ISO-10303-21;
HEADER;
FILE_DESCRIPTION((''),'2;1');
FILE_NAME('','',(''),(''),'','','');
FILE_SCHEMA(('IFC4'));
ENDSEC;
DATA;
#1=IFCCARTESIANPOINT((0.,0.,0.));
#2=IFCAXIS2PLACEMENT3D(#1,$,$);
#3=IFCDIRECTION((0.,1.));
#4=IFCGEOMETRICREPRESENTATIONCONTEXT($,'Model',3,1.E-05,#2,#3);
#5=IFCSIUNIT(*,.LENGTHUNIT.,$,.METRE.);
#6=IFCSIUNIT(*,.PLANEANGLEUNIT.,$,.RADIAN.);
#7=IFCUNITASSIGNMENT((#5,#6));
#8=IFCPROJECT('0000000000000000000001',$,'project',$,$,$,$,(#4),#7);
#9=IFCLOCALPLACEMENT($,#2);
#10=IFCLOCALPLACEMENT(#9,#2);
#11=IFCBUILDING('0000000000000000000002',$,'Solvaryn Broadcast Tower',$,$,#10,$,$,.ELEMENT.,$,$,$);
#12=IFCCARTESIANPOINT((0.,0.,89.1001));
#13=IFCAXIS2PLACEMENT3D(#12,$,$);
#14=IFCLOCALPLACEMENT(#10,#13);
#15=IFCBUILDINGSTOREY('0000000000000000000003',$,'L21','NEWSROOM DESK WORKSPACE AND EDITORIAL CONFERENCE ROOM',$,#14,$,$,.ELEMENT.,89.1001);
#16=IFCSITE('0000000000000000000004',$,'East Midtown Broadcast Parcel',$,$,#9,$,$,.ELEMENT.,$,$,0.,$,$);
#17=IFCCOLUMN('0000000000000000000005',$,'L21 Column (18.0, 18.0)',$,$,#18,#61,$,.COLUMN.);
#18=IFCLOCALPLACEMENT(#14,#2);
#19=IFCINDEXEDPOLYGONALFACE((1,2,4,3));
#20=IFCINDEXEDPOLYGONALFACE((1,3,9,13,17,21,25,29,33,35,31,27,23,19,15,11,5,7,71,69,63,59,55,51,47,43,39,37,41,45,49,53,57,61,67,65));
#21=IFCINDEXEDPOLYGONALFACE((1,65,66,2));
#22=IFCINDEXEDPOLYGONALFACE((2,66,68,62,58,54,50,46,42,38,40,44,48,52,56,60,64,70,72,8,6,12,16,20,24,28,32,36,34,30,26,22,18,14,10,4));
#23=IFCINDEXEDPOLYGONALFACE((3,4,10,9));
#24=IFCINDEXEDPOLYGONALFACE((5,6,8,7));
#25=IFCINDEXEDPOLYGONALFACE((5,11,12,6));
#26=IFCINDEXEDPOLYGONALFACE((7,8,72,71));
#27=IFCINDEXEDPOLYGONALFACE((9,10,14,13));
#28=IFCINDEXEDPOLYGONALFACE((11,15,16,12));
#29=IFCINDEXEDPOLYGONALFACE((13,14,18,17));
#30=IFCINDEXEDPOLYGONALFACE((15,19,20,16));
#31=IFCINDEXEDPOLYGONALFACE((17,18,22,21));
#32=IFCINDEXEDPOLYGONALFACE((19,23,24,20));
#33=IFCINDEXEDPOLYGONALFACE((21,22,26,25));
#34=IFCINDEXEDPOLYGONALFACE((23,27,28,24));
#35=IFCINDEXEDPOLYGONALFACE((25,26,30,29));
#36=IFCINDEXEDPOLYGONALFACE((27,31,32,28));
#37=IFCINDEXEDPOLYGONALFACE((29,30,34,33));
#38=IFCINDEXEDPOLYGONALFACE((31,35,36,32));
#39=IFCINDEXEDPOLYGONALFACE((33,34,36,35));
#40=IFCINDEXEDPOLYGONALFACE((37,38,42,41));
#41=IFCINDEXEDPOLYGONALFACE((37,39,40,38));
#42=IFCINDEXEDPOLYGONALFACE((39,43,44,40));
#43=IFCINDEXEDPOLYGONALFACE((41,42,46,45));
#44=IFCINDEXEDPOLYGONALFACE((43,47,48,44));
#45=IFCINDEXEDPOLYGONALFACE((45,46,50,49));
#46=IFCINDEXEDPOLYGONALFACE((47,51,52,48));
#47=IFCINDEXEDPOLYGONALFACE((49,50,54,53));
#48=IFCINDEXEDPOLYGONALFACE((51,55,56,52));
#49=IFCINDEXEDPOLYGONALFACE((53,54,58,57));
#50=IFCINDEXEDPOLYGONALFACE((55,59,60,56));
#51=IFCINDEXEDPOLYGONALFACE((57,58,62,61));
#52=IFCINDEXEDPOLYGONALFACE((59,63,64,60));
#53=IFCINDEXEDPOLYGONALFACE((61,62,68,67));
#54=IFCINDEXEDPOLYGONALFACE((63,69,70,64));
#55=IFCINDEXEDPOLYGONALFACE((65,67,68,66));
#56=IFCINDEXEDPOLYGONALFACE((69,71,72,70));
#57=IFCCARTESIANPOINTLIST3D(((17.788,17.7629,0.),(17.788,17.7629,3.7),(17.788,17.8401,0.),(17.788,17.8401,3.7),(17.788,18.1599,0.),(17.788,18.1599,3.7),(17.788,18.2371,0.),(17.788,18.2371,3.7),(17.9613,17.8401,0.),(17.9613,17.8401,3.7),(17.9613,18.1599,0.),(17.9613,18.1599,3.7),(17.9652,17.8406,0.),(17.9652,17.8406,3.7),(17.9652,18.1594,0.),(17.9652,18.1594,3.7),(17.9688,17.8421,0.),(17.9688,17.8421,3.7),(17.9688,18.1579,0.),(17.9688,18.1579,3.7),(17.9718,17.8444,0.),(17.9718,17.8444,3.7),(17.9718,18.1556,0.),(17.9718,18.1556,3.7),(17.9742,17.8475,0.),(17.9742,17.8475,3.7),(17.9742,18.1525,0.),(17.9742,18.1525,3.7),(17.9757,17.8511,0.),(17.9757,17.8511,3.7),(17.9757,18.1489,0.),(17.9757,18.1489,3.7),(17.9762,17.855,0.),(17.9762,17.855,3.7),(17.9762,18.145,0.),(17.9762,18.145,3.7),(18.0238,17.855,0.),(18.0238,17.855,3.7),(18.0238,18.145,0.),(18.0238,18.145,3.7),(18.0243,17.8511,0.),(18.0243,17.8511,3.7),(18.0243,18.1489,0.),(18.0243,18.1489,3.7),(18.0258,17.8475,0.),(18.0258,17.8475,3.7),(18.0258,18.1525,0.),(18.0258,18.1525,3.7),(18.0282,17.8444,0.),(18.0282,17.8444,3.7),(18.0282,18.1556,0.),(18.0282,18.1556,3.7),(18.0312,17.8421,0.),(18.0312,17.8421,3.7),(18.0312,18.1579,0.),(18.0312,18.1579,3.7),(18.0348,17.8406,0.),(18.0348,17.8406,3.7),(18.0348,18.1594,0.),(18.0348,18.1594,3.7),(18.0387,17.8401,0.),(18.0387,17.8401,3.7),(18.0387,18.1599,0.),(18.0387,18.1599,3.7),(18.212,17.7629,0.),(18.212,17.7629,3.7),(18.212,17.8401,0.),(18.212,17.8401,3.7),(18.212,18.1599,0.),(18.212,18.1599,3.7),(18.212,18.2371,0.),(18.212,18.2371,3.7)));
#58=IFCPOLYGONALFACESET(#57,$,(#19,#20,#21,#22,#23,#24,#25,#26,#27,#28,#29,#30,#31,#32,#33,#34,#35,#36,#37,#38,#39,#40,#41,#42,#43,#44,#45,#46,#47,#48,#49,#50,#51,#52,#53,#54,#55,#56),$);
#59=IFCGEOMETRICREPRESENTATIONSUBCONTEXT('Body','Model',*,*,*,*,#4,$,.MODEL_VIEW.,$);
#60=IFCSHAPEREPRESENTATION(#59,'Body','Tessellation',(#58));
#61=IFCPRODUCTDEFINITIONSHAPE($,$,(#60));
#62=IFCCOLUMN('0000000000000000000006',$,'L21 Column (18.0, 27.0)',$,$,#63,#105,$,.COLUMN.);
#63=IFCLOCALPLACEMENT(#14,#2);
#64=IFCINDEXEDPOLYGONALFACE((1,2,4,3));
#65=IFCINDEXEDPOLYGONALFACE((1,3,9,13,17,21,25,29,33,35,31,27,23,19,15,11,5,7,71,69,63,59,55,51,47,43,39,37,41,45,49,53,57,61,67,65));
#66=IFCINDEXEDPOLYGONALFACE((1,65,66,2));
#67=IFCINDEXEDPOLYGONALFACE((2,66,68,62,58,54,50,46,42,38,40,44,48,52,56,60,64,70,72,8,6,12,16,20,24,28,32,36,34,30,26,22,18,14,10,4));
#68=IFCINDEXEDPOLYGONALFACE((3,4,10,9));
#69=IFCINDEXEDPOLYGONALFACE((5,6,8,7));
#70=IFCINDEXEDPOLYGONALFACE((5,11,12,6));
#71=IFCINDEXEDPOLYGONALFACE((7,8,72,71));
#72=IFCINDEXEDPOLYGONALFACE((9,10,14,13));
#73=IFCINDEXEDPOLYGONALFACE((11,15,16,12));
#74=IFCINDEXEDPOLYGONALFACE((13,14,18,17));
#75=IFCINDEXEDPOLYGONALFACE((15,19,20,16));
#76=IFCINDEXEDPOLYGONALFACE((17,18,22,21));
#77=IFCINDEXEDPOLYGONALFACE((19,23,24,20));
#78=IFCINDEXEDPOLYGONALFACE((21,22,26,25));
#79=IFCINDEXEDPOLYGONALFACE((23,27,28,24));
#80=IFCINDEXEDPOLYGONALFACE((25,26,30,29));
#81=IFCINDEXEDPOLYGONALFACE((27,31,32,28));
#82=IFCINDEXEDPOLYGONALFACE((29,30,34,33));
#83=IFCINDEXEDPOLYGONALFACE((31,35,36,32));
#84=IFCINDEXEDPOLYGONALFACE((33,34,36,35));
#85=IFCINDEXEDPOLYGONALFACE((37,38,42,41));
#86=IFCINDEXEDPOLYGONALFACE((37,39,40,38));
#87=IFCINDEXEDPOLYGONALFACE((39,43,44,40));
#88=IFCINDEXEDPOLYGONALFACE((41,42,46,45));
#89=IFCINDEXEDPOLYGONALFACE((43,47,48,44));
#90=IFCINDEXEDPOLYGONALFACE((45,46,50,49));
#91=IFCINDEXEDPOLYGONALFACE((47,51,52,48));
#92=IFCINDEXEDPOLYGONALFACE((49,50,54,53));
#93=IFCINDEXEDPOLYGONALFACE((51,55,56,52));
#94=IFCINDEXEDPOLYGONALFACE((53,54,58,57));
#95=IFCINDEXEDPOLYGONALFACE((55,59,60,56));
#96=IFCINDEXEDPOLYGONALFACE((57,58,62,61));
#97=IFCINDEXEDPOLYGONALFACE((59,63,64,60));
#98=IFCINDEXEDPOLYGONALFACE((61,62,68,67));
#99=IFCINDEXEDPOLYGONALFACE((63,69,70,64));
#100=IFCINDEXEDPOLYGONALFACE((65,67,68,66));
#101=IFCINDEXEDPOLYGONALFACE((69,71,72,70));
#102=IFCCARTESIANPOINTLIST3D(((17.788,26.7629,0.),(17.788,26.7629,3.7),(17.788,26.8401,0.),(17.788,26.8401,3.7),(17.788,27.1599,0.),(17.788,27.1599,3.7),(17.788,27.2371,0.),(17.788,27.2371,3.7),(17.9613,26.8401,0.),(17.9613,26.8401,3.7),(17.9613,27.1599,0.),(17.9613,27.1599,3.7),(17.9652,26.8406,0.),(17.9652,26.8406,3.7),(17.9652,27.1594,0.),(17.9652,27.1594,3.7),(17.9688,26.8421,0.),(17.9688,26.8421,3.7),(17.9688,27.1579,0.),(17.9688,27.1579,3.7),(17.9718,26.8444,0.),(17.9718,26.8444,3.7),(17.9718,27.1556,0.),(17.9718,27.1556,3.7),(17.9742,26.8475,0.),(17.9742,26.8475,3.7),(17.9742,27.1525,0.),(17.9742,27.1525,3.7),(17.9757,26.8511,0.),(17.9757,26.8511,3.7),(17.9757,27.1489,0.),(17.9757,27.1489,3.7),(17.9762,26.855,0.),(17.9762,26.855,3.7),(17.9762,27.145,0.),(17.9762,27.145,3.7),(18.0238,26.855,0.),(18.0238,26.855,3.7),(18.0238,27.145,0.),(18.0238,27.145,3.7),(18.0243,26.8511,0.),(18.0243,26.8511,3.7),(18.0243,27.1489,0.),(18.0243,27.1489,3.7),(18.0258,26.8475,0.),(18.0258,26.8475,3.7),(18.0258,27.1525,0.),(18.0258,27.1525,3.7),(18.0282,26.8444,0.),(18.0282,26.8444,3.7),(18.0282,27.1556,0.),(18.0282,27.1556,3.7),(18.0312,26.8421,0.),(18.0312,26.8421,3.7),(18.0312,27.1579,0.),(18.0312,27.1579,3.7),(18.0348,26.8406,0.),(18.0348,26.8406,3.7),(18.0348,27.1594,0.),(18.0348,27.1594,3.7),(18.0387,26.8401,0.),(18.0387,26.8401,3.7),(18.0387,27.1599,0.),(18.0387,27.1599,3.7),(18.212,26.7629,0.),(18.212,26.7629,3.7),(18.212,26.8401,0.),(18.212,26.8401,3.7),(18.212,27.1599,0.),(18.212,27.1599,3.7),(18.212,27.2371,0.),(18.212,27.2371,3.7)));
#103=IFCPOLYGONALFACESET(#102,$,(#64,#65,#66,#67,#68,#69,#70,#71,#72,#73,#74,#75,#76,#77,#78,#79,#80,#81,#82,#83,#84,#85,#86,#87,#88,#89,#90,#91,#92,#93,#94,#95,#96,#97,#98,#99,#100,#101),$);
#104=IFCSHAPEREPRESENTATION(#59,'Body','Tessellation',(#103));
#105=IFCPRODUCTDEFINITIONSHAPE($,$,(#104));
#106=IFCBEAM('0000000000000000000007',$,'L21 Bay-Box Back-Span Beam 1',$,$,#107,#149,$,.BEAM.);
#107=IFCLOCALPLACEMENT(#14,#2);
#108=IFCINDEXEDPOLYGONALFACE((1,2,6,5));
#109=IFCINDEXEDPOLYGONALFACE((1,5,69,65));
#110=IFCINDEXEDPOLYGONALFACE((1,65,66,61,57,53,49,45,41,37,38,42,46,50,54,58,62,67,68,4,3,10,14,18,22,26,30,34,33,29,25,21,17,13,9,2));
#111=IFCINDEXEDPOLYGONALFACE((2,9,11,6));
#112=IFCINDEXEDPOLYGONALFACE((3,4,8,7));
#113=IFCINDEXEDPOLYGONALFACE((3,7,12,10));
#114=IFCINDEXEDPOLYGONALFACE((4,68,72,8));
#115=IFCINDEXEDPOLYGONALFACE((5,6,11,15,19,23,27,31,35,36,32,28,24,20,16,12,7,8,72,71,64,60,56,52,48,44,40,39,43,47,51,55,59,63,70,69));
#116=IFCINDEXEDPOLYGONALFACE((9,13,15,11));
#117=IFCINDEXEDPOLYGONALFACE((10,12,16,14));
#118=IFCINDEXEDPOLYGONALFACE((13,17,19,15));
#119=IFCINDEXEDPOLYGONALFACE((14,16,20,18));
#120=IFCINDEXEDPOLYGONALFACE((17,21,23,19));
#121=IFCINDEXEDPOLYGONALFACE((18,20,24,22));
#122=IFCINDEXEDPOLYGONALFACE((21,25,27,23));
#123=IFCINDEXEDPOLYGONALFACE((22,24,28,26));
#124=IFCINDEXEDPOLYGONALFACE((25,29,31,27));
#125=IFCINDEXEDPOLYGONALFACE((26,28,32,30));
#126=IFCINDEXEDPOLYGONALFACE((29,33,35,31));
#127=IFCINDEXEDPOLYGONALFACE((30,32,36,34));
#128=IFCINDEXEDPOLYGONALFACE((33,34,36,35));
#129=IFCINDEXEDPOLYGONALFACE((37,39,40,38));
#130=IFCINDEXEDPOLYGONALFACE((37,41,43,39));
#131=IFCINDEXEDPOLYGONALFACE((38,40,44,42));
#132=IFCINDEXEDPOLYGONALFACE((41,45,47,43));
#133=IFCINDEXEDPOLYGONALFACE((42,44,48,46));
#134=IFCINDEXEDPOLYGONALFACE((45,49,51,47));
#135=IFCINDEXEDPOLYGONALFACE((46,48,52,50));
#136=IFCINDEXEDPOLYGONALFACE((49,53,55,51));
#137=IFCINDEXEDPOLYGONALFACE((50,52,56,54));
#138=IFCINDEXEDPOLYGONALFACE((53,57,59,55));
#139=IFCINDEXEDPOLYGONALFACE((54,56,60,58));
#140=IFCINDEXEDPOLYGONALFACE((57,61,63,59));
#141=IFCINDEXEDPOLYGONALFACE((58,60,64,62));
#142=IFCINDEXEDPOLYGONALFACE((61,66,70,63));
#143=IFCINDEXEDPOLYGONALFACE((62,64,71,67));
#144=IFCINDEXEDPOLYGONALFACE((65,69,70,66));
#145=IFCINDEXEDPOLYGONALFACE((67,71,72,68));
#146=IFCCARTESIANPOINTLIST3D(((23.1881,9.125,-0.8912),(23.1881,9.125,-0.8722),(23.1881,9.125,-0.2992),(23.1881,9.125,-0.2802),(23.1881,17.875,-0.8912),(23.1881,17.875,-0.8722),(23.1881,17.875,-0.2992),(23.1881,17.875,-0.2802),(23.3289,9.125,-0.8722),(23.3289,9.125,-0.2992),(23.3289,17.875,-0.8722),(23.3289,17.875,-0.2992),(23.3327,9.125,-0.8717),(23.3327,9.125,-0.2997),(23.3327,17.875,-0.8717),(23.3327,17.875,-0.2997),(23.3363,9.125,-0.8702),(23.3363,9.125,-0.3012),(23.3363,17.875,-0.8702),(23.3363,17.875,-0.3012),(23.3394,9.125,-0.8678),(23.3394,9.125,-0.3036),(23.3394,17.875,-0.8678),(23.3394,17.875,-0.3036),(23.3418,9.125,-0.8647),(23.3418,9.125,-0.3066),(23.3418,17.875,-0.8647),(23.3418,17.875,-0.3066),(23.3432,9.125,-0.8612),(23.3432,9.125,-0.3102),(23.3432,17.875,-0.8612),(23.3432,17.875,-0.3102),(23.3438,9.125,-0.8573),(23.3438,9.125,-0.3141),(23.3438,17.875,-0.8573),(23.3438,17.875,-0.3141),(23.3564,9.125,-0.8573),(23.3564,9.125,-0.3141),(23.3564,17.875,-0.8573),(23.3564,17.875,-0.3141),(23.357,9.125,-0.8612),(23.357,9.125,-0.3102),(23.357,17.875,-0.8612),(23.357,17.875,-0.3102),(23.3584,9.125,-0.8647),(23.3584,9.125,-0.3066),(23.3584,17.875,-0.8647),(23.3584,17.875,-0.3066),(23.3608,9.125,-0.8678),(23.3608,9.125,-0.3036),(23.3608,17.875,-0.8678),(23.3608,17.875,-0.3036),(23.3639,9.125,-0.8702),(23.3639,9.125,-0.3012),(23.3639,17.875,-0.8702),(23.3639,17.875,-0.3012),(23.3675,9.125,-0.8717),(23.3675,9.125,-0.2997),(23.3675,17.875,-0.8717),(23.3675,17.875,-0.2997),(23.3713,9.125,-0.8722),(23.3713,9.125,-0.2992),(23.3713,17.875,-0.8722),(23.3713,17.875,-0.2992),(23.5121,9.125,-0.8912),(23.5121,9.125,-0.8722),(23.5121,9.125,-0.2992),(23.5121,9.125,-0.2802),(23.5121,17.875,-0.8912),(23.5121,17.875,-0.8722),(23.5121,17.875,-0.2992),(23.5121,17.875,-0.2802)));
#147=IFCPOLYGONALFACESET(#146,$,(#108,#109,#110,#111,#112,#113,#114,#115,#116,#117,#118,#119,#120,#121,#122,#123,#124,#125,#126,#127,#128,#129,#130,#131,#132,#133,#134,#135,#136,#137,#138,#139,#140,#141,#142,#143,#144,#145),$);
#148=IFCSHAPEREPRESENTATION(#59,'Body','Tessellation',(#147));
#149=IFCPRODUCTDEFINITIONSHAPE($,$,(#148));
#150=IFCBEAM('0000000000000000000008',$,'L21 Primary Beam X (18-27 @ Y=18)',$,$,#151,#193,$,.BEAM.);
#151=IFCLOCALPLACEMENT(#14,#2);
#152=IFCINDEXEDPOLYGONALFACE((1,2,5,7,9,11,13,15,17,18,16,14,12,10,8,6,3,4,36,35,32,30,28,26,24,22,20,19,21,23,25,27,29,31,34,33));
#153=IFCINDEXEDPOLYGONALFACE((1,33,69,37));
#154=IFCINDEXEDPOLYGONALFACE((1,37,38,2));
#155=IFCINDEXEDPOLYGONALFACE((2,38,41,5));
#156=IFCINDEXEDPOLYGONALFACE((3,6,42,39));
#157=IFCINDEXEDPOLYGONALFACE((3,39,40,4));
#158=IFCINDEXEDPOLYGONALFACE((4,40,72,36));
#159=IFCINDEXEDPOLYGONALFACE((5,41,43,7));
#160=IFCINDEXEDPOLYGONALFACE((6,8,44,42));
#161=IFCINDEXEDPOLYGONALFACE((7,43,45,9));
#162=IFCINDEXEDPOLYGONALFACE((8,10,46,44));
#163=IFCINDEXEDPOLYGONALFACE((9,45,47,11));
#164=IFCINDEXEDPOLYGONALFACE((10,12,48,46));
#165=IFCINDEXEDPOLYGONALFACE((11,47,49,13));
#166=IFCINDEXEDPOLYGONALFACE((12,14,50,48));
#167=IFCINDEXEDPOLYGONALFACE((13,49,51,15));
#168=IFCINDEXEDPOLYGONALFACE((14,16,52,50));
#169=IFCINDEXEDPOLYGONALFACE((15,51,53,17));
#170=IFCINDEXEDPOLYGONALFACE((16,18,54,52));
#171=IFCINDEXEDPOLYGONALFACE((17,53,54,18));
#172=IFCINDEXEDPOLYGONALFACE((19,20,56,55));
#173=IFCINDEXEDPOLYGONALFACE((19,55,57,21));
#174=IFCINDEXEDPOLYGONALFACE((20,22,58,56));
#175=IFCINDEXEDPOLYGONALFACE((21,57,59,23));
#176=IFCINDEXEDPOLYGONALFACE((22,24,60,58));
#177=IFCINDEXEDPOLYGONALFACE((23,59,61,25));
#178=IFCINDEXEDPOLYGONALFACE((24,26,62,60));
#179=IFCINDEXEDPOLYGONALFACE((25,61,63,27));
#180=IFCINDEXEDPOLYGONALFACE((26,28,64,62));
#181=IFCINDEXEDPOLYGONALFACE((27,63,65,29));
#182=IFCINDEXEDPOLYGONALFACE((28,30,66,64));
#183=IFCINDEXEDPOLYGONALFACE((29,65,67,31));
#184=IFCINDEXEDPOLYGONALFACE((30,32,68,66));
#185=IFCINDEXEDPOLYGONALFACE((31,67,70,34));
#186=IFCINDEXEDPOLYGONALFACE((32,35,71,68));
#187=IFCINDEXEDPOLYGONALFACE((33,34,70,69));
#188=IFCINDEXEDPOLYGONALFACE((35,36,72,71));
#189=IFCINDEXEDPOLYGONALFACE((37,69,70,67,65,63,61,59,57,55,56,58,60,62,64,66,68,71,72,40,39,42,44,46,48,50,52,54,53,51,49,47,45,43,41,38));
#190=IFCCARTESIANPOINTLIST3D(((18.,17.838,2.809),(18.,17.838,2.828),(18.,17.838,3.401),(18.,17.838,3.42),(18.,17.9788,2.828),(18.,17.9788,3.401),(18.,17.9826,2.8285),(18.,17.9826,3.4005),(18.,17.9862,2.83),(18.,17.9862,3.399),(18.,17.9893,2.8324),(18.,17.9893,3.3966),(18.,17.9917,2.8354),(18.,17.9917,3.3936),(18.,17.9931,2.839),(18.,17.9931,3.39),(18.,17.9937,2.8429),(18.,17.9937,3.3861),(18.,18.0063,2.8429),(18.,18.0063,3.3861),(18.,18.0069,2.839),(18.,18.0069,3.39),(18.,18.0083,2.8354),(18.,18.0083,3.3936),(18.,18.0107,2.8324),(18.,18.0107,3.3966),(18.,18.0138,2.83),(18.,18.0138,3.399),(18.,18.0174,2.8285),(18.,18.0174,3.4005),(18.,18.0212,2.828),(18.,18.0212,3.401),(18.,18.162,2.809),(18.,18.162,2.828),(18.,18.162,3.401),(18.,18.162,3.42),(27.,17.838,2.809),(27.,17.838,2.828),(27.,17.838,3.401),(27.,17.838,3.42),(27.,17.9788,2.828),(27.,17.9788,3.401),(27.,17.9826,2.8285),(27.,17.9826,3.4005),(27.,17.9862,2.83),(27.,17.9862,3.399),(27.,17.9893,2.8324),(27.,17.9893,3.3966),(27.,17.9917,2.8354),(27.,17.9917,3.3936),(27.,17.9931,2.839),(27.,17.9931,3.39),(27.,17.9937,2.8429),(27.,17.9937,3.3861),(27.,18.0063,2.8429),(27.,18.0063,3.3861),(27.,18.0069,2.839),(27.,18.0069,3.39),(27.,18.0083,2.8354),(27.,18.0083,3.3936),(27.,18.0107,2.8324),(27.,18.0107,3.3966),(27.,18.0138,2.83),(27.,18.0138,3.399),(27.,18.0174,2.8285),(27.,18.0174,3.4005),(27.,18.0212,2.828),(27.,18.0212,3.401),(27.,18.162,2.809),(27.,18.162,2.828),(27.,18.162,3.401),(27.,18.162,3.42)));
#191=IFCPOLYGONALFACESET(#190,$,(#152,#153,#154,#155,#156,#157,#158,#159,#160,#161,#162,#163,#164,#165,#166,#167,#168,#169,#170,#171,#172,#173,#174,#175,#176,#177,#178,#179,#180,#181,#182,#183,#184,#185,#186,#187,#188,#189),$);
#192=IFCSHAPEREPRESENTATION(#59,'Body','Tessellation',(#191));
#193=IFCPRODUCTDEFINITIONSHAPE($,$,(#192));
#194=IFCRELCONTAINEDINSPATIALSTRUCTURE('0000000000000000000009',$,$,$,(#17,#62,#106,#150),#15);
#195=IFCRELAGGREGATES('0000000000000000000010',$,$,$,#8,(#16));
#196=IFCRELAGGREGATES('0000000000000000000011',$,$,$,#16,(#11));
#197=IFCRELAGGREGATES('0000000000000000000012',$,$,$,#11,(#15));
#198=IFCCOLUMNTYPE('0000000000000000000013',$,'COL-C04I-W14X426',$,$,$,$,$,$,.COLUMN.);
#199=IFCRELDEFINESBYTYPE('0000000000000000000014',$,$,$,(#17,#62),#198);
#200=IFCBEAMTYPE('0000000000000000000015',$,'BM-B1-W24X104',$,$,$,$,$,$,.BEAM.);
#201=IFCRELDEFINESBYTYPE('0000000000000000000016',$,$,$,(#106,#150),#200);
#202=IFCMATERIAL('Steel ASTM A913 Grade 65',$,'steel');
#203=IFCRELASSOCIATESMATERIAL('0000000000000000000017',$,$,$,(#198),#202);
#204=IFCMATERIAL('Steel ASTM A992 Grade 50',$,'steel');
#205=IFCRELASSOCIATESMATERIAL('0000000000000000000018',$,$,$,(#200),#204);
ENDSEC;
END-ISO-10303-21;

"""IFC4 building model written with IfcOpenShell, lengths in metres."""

from ifc_helpers import new_model, si_unit, direction, frame, origin, origin_2d, place, context, subcontext, project, spatial, i_section, extrude, material, material_profile, profile_set, type_object, element, save


model = new_model("IFC4")

# Units and contexts
model_context = context("Model", 3, precision=1e-05, world=origin(), true_north=direction((0.0, 1.0)))
body_context = subcontext(model_context, "Body", "Model", "MODEL_VIEW")
ifc_project = project(units=[si_unit("LENGTHUNIT", "METRE"), si_unit("PLANEANGLEUNIT", "RADIAN")], contexts=[model_context])

# Site, building, storey
site_placement = place(None, origin())
site = spatial("IfcSite", under=ifc_project, at=site_placement, Name="East Midtown Broadcast Parcel", CompositionType="ELEMENT", RefElevation=0.0)
building_placement = place(site_placement, origin())
building = spatial("IfcBuilding", under=site, at=building_placement, Name="Solvaryn Broadcast Tower", CompositionType="ELEMENT")
storey_placement = place(building_placement, frame((0.0, 0.0, 89.1001)))
storey = spatial("IfcBuildingStorey", under=building, at=storey_placement, Name="L21", Description="NEWSROOM DESK WORKSPACE AND EDITORIAL CONFERENCE ROOM", CompositionType="ELEMENT", Elevation=89.1001)

# Columns
ifc_material_1 = material(Name="Steel ASTM A913 Grade 65", Category="steel")
ifc_material_profile_1 = material_profile(ifc_material_1, i_section(OverallWidth=0.4241, OverallDepth=0.4741, WebThickness=0.0476, FlangeThickness=0.0771, FilletRadius=0.0149, at=origin_2d()))
ifc_profile_set_1 = profile_set([ifc_material_profile_1], Name="Steel ASTM A913 Grade 65")
column_type = type_object("IfcColumnType", Name="COL-C04I-W14X426", PredefinedType="COLUMN", material=ifc_profile_set_1)
for number, where, z_axis, x_axis, name in (
    (1, (18.0, 18.0, 0.0), (0.0, 0.0, 1.0), (1.0, 0.0, 0.0), "L21 Column (18.0, 18.0)"),
    (2, (18.0, 27.0, 0.0), (0.0, 0.0, 1.0), (1.0, 0.0, 0.0), "L21 Column (18.0, 27.0)"),
):
    element("IfcColumn", number, at=place(storey_placement, frame(where, z_axis=z_axis, x_axis=x_axis)), inside=storey, type_object=column_type, Name=name, PredefinedType="COLUMN", context=body_context, shape_type="SweptSolid", body=[
        extrude(i_section(OverallWidth=0.4241, OverallDepth=0.4741, WebThickness=0.0476, FlangeThickness=0.0771, FilletRadius=0.0149, at=origin_2d()), origin(), (0.0, 0.0, 1.0), 3.7),
    ])

# Beams
ifc_material_2 = material(Name="Steel ASTM A992 Grade 50", Category="steel")
ifc_material_profile_2 = material_profile(ifc_material_2, i_section(OverallWidth=0.324, OverallDepth=0.6111, WebThickness=0.0127, FlangeThickness=0.019, FilletRadius=0.0149, at=origin_2d()))
ifc_profile_set_2 = profile_set([ifc_material_profile_2], Name="Steel ASTM A992 Grade 50")
beam_type_1 = type_object("IfcBeamType", Name="BM-B1-W24X104", PredefinedType="BEAM", material=ifc_profile_set_2)
beam_1_placement = place(storey_placement, frame((23.3501, 17.875, -0.5857), z_axis=(0.0, -1.0, 0.0), x_axis=(1.0, 0.0, 0.0)))
element("IfcBeam", 3, at=beam_1_placement, inside=storey, type_object=beam_type_1, Name="L21 Bay-Box Back-Span Beam 1", PredefinedType="BEAM", context=body_context, shape_type="SweptSolid", body=[
    extrude(i_section(OverallWidth=0.324, OverallDepth=0.6111, WebThickness=0.0127, FlangeThickness=0.019, FilletRadius=0.0149, at=origin_2d()), origin(), (0.0, 0.0, 1.0), 8.75),
])
for number, where, z_axis, x_axis, name in (
    (4, (18.0, 18.0, 3.1145), (1.0, 0.0, 0.0), (0.0, 1.0, 0.0), "L21 Primary Beam X (18-27 @ Y=18)"),
):
    element("IfcBeam", number, at=place(storey_placement, frame(where, z_axis=z_axis, x_axis=x_axis)), inside=storey, type_object=beam_type_1, Name=name, PredefinedType="BEAM", context=body_context, shape_type="SweptSolid", body=[
        extrude(i_section(OverallWidth=0.324, OverallDepth=0.6111, WebThickness=0.0127, FlangeThickness=0.019, FilletRadius=0.0149, at=origin_2d()), origin(), (0.0, 0.0, 1.0), 9.0),
    ])

save(model, "model.ifc")
